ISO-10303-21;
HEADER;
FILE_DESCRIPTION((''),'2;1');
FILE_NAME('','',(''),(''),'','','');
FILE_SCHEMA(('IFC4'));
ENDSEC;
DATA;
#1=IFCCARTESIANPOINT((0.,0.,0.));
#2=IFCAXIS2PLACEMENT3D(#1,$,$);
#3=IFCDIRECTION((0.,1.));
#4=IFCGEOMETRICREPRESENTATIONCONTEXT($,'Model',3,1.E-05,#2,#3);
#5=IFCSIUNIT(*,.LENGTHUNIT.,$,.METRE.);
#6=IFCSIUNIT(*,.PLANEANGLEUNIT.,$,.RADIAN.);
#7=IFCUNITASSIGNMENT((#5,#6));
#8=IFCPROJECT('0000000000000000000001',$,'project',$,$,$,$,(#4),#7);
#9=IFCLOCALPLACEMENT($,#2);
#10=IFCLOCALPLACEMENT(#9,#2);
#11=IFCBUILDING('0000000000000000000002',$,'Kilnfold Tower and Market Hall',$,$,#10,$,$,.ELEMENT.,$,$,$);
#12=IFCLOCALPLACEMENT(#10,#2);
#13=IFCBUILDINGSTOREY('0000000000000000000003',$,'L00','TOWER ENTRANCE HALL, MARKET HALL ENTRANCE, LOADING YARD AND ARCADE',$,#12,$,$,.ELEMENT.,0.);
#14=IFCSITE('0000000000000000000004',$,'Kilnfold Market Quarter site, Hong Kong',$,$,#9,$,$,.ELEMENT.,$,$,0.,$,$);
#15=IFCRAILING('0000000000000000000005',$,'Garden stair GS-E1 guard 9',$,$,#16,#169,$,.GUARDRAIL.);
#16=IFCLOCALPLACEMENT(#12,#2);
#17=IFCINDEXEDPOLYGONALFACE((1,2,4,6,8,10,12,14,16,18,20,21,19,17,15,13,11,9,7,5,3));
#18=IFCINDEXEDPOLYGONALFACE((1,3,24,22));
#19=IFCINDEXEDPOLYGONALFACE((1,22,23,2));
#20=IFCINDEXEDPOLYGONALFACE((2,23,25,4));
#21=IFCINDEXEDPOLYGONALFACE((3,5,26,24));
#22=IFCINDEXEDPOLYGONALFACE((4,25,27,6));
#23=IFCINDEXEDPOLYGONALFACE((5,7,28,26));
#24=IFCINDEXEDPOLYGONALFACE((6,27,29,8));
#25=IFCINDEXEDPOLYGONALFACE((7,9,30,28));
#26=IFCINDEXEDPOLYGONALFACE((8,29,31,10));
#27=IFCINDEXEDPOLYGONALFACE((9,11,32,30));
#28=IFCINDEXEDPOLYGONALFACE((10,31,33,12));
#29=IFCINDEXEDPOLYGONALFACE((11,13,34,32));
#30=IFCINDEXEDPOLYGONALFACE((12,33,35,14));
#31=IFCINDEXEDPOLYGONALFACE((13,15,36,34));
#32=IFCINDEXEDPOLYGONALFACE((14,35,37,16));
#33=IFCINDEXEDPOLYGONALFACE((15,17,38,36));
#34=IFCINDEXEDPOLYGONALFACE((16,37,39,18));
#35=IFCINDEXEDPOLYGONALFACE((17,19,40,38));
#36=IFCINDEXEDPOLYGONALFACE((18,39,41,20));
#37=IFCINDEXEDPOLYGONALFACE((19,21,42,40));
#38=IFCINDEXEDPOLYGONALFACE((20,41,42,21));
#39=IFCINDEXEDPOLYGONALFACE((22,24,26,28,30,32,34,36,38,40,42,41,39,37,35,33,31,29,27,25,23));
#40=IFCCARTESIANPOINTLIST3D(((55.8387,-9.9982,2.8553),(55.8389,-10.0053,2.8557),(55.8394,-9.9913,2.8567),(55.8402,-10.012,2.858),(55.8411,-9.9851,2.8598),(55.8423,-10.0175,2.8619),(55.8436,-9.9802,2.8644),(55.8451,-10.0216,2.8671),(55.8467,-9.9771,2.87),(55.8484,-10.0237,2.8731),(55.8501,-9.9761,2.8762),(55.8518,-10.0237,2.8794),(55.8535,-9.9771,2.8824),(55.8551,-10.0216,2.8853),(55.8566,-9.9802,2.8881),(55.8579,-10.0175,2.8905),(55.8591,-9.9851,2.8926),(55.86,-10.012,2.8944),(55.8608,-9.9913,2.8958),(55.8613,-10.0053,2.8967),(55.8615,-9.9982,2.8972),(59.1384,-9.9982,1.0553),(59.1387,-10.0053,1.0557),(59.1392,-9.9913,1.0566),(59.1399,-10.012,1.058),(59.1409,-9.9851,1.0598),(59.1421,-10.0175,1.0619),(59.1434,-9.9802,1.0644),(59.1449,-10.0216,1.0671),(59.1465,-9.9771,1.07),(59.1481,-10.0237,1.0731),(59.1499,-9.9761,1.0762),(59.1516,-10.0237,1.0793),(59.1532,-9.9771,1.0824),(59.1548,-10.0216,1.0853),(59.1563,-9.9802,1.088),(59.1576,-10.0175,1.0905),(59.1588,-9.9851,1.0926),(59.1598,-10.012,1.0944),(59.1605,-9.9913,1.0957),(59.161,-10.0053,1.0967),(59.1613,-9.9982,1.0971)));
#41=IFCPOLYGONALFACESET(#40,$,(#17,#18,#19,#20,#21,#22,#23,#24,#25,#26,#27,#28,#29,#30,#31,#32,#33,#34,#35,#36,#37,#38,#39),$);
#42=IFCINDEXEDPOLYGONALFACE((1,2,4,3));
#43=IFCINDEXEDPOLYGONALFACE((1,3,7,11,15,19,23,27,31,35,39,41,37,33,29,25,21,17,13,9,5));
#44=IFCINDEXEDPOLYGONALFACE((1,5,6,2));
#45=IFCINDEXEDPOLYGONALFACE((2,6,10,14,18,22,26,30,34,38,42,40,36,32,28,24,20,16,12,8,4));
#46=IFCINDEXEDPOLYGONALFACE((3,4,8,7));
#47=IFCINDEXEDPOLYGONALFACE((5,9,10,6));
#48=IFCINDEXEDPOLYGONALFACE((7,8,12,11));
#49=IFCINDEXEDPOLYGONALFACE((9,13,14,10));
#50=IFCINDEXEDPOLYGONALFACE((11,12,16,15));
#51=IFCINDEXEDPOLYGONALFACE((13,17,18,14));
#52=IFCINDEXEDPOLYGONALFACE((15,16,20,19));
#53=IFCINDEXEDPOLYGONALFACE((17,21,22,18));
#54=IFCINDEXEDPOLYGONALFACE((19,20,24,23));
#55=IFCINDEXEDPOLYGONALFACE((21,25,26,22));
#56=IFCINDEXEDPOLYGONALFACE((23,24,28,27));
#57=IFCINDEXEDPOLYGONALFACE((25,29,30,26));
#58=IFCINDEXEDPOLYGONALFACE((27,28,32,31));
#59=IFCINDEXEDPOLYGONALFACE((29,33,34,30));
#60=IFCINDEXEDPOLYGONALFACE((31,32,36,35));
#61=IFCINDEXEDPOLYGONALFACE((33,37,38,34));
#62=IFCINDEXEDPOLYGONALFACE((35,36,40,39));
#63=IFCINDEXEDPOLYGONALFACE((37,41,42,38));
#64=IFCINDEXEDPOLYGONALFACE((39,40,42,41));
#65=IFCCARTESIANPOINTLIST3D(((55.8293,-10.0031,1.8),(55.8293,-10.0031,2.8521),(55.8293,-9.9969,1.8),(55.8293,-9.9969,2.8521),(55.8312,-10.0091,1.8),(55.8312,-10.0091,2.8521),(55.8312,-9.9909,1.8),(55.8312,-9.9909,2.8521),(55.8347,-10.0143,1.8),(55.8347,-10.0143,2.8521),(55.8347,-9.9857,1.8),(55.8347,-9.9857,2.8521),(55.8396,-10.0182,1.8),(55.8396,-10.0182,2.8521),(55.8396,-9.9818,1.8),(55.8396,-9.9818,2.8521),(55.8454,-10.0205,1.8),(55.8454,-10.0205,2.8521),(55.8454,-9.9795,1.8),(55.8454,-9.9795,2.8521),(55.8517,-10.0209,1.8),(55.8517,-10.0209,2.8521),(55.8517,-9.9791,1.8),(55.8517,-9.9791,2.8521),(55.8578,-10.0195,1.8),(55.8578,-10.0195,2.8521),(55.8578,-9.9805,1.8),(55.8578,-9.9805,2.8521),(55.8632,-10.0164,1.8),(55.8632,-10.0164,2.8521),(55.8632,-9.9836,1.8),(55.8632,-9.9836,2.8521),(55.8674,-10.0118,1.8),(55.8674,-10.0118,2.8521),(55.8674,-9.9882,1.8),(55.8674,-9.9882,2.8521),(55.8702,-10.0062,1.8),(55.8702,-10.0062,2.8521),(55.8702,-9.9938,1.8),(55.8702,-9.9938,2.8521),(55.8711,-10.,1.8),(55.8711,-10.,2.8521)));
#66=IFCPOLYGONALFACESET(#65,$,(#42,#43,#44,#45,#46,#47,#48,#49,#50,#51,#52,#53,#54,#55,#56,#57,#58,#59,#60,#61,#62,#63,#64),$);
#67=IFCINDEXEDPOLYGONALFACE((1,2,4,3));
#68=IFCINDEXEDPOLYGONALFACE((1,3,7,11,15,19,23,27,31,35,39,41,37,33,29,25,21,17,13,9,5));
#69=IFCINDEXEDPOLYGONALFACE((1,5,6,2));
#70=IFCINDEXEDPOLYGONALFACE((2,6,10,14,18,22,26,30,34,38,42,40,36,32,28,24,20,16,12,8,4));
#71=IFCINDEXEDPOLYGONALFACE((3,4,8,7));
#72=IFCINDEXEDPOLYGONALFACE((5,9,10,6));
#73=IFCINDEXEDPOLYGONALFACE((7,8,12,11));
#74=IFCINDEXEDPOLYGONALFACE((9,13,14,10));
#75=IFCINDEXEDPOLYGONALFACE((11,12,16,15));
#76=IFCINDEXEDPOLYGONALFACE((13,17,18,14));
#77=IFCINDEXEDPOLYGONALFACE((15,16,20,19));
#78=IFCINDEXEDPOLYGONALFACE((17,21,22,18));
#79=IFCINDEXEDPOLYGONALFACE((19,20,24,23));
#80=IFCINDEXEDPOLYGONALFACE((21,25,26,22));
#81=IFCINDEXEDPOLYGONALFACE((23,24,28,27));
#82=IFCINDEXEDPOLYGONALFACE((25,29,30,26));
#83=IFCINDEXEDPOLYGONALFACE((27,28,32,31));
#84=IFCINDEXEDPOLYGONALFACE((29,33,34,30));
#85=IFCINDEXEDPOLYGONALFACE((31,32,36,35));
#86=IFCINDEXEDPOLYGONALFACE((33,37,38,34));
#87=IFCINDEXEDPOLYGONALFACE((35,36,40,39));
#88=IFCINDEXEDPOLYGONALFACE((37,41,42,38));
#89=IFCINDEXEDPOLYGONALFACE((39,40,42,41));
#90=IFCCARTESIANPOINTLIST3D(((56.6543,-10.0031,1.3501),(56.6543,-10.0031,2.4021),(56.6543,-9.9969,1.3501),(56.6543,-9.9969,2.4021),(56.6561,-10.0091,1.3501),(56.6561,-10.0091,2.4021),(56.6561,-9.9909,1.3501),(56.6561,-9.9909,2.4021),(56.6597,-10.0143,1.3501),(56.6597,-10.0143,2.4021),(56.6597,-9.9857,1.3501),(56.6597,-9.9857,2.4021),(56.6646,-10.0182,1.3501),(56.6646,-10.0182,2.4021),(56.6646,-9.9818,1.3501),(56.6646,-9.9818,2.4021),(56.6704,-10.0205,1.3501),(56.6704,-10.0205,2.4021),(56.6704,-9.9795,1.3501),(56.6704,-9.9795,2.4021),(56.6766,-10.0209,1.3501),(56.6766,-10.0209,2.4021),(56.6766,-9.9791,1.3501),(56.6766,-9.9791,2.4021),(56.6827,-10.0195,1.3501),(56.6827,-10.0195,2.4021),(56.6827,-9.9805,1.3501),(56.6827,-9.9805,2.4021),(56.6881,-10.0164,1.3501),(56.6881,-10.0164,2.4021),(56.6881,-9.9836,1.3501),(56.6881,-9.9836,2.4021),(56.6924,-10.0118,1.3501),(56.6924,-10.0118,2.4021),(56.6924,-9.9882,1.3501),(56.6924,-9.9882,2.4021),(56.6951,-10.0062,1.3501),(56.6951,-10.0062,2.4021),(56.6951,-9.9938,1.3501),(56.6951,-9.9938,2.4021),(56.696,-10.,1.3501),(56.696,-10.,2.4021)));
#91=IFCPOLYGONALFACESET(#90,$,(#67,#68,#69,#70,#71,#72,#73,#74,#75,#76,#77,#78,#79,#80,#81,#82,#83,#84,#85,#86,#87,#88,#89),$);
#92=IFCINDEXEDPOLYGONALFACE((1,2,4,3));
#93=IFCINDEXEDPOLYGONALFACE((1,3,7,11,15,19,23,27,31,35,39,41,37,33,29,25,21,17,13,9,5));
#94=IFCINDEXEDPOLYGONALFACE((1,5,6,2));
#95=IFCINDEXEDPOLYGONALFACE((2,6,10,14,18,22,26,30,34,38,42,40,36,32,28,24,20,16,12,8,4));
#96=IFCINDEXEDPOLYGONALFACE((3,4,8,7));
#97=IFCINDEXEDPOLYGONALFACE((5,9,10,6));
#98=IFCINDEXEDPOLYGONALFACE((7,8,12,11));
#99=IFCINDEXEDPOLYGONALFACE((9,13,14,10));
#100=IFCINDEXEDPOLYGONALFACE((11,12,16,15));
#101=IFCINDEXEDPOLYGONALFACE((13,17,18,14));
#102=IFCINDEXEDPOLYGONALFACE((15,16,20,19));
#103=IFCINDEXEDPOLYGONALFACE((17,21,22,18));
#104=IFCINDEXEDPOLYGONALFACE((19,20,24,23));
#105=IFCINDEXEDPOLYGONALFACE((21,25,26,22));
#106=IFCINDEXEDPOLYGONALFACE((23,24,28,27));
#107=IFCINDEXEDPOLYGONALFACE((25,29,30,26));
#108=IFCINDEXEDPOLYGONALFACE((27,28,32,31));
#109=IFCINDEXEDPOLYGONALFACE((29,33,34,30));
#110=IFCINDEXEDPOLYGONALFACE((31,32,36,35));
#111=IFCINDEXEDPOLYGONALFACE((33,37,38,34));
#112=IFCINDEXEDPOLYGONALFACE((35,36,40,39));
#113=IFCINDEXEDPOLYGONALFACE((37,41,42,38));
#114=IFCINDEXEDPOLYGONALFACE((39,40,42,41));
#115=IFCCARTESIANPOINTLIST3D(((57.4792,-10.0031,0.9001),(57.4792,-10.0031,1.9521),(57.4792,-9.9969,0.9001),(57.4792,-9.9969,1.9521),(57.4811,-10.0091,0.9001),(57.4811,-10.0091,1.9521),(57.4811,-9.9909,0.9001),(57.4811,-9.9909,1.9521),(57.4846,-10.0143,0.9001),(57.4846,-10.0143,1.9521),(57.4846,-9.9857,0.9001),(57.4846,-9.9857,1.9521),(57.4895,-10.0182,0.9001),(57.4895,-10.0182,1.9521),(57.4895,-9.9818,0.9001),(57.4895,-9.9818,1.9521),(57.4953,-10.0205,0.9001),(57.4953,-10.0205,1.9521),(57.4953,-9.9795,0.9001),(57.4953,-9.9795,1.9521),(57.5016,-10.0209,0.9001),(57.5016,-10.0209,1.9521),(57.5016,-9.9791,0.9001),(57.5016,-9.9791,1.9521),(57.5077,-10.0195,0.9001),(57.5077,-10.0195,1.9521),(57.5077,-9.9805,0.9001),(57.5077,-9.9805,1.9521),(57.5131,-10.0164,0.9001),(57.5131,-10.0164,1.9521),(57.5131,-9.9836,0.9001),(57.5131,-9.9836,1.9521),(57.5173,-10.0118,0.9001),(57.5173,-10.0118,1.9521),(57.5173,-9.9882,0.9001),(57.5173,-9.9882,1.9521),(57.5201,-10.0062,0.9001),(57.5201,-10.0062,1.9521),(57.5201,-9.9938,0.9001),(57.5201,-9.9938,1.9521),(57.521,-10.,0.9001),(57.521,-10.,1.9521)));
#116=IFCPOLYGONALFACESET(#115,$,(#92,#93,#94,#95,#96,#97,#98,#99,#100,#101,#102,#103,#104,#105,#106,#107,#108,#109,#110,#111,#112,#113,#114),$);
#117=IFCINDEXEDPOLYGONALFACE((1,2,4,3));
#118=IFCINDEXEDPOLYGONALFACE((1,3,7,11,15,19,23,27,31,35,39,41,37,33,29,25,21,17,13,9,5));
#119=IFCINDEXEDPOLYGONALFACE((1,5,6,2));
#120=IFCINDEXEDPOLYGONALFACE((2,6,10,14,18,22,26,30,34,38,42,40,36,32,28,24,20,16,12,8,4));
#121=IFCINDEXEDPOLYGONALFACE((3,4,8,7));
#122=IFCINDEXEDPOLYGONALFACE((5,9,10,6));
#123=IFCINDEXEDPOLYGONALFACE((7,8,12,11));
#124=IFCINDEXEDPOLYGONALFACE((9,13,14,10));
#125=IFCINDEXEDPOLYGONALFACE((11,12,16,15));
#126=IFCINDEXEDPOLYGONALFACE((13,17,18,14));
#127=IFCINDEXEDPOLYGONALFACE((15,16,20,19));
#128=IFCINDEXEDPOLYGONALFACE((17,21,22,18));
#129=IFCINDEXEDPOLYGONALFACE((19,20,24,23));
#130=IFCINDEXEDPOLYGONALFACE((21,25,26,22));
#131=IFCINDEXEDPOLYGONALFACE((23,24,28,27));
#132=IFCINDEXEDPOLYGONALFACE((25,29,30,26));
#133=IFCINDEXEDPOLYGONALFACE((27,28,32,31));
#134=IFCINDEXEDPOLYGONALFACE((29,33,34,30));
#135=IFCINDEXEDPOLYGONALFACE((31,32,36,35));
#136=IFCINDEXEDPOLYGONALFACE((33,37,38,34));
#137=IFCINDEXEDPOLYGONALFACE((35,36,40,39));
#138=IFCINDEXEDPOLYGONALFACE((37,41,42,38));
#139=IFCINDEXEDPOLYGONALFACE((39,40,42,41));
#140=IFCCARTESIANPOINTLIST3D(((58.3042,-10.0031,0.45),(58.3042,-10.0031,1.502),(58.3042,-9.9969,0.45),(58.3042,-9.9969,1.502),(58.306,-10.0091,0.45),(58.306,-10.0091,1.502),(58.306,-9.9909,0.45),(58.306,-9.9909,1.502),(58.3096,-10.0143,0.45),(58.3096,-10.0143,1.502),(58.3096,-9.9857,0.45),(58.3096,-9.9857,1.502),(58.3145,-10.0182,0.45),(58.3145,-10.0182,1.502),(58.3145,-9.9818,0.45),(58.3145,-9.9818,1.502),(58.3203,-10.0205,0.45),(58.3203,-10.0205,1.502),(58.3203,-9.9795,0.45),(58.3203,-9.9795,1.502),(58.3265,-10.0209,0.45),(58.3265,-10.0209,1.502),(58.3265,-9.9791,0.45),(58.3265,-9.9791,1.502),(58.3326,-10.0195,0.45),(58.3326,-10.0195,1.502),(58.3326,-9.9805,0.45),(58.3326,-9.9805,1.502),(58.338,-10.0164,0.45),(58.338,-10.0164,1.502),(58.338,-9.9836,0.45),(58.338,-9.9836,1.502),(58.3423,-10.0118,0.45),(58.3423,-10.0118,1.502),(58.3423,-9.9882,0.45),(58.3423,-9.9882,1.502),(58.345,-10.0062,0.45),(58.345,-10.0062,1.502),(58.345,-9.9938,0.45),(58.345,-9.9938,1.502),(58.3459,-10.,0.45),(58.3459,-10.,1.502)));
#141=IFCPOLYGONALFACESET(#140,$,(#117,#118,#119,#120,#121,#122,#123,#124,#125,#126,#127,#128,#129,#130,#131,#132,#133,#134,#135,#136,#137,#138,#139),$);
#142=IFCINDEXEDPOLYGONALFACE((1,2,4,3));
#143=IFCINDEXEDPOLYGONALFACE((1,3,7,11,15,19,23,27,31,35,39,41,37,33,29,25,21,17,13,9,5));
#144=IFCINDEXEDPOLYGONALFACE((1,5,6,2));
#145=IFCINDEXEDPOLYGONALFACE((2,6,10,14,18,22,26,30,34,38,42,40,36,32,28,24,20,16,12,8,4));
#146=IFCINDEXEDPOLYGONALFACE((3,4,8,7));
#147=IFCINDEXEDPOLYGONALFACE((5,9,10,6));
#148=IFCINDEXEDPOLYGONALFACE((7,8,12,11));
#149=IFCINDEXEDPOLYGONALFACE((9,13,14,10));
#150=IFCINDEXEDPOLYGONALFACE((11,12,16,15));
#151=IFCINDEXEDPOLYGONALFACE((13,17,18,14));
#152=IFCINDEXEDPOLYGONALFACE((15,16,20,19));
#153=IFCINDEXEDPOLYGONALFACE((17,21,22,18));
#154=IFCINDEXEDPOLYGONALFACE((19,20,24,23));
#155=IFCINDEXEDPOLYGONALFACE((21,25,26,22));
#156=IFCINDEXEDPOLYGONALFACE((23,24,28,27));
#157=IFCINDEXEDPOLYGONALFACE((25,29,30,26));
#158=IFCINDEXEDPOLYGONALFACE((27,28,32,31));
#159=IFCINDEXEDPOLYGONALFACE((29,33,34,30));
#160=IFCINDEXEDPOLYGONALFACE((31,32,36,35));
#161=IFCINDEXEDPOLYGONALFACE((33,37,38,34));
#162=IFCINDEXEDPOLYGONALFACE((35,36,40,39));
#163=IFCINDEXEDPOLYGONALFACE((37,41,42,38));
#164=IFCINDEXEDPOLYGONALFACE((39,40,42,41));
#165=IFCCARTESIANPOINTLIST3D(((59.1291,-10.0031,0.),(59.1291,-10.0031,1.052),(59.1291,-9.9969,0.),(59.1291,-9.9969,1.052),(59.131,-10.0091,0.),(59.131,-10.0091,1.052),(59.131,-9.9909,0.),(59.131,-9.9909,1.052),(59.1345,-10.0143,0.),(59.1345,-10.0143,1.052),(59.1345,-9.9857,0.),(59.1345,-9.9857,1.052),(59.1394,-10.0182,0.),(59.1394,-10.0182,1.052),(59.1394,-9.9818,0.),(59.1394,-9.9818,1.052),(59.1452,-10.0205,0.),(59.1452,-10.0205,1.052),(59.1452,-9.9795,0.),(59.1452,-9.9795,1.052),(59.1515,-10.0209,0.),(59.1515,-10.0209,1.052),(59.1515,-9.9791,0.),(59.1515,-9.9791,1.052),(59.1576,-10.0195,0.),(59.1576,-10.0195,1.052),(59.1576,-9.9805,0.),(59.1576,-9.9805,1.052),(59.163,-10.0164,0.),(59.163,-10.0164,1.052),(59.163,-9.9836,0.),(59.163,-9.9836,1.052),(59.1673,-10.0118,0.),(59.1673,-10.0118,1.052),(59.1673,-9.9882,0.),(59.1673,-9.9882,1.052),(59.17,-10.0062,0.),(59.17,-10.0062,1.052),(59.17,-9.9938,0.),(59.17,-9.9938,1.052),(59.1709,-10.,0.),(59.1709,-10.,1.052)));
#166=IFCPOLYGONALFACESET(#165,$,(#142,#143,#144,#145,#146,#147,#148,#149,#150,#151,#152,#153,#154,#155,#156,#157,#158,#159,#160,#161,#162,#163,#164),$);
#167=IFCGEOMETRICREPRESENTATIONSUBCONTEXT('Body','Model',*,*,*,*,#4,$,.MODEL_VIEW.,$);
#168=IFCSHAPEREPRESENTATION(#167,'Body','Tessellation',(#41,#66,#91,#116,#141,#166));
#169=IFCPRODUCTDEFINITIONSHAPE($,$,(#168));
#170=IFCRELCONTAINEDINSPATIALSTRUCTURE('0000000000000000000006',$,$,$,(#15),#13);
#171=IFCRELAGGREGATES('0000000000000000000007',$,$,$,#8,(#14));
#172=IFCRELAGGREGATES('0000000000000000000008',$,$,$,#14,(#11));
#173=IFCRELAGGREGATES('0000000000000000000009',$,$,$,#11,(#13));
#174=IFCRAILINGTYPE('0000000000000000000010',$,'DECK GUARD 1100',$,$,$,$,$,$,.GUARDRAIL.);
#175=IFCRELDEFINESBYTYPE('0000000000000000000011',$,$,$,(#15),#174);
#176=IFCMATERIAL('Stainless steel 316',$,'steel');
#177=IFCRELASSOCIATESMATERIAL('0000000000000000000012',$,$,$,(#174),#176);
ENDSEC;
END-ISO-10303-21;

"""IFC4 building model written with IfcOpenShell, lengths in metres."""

from ifc_helpers import new_model, si_unit, direction, frame, origin, origin_2d, place, context, subcontext, project, spatial, circle, extrude, material, type_object, element, save


model = new_model("IFC4")

# Units and contexts
model_context = context("Model", 3, precision=1e-05, world=origin(), true_north=direction((0.0, 1.0)))
body_context = subcontext(model_context, "Body", "Model", "MODEL_VIEW")
ifc_project = project(units=[si_unit("LENGTHUNIT", "METRE"), si_unit("PLANEANGLEUNIT", "RADIAN")], contexts=[model_context])

# Site, building, storey
site_placement = place(None, origin())
site = spatial("IfcSite", under=ifc_project, at=site_placement, Name="Kilnfold Market Quarter site, Hong Kong", CompositionType="ELEMENT", RefElevation=0.0)
building_placement = place(site_placement, origin())
building = spatial("IfcBuilding", under=site, at=building_placement, Name="Kilnfold Tower and Market Hall", CompositionType="ELEMENT")
storey_placement = place(building_placement, origin())
storey = spatial("IfcBuildingStorey", under=building, at=storey_placement, Name="L00", Description="TOWER ENTRANCE HALL, MARKET HALL ENTRANCE, LOADING YARD AND ARCADE", CompositionType="ELEMENT", Elevation=0.0)

# Railing
ifc_material_1 = material(Name="Stainless steel 316", Category="steel")
railing_type_1 = type_object("IfcRailingType", Name="DECK GUARD 1100", PredefinedType="GUARDRAIL", material=ifc_material_1)
railing_1_placement = place(storey_placement, frame((55.8501, -10.0, 1.8)))
element("IfcRailing", 1, at=railing_1_placement, inside=storey, type_object=railing_type_1, Name="Garden stair GS-E1 guard 9", PredefinedType="GUARDRAIL", context=body_context, shape_type="SweptSolid", body=[
    extrude(circle(Radius=0.0239, at=origin_2d()), frame((0.0, 0.0, 1.0762), z_axis=(0.877878, 0.0, -0.478884), x_axis=(0.0, 1.0, 0.0)), (0.0, 0.0, 1.0), 3.7588),
    extrude(circle(Radius=0.021, at=origin_2d()), origin(), (0.0, 0.0, 1.0), 1.052),
    extrude(circle(Radius=0.021, at=origin_2d()), frame((0.825, 0.0, -0.45)), (0.0, 0.0, 1.0), 1.052),
    extrude(circle(Radius=0.021, at=origin_2d()), frame((1.6499, 0.0, -0.8999)), (0.0, 0.0, 1.0), 1.052),
    extrude(circle(Radius=0.021, at=origin_2d()), frame((2.4749, 0.0, -1.3501)), (0.0, 0.0, 1.0), 1.052),
    extrude(circle(Radius=0.021, at=origin_2d()), frame((3.2998, 0.0, -1.8)), (0.0, 0.0, 1.0), 1.052),
])

save(model, "model.ifc")
